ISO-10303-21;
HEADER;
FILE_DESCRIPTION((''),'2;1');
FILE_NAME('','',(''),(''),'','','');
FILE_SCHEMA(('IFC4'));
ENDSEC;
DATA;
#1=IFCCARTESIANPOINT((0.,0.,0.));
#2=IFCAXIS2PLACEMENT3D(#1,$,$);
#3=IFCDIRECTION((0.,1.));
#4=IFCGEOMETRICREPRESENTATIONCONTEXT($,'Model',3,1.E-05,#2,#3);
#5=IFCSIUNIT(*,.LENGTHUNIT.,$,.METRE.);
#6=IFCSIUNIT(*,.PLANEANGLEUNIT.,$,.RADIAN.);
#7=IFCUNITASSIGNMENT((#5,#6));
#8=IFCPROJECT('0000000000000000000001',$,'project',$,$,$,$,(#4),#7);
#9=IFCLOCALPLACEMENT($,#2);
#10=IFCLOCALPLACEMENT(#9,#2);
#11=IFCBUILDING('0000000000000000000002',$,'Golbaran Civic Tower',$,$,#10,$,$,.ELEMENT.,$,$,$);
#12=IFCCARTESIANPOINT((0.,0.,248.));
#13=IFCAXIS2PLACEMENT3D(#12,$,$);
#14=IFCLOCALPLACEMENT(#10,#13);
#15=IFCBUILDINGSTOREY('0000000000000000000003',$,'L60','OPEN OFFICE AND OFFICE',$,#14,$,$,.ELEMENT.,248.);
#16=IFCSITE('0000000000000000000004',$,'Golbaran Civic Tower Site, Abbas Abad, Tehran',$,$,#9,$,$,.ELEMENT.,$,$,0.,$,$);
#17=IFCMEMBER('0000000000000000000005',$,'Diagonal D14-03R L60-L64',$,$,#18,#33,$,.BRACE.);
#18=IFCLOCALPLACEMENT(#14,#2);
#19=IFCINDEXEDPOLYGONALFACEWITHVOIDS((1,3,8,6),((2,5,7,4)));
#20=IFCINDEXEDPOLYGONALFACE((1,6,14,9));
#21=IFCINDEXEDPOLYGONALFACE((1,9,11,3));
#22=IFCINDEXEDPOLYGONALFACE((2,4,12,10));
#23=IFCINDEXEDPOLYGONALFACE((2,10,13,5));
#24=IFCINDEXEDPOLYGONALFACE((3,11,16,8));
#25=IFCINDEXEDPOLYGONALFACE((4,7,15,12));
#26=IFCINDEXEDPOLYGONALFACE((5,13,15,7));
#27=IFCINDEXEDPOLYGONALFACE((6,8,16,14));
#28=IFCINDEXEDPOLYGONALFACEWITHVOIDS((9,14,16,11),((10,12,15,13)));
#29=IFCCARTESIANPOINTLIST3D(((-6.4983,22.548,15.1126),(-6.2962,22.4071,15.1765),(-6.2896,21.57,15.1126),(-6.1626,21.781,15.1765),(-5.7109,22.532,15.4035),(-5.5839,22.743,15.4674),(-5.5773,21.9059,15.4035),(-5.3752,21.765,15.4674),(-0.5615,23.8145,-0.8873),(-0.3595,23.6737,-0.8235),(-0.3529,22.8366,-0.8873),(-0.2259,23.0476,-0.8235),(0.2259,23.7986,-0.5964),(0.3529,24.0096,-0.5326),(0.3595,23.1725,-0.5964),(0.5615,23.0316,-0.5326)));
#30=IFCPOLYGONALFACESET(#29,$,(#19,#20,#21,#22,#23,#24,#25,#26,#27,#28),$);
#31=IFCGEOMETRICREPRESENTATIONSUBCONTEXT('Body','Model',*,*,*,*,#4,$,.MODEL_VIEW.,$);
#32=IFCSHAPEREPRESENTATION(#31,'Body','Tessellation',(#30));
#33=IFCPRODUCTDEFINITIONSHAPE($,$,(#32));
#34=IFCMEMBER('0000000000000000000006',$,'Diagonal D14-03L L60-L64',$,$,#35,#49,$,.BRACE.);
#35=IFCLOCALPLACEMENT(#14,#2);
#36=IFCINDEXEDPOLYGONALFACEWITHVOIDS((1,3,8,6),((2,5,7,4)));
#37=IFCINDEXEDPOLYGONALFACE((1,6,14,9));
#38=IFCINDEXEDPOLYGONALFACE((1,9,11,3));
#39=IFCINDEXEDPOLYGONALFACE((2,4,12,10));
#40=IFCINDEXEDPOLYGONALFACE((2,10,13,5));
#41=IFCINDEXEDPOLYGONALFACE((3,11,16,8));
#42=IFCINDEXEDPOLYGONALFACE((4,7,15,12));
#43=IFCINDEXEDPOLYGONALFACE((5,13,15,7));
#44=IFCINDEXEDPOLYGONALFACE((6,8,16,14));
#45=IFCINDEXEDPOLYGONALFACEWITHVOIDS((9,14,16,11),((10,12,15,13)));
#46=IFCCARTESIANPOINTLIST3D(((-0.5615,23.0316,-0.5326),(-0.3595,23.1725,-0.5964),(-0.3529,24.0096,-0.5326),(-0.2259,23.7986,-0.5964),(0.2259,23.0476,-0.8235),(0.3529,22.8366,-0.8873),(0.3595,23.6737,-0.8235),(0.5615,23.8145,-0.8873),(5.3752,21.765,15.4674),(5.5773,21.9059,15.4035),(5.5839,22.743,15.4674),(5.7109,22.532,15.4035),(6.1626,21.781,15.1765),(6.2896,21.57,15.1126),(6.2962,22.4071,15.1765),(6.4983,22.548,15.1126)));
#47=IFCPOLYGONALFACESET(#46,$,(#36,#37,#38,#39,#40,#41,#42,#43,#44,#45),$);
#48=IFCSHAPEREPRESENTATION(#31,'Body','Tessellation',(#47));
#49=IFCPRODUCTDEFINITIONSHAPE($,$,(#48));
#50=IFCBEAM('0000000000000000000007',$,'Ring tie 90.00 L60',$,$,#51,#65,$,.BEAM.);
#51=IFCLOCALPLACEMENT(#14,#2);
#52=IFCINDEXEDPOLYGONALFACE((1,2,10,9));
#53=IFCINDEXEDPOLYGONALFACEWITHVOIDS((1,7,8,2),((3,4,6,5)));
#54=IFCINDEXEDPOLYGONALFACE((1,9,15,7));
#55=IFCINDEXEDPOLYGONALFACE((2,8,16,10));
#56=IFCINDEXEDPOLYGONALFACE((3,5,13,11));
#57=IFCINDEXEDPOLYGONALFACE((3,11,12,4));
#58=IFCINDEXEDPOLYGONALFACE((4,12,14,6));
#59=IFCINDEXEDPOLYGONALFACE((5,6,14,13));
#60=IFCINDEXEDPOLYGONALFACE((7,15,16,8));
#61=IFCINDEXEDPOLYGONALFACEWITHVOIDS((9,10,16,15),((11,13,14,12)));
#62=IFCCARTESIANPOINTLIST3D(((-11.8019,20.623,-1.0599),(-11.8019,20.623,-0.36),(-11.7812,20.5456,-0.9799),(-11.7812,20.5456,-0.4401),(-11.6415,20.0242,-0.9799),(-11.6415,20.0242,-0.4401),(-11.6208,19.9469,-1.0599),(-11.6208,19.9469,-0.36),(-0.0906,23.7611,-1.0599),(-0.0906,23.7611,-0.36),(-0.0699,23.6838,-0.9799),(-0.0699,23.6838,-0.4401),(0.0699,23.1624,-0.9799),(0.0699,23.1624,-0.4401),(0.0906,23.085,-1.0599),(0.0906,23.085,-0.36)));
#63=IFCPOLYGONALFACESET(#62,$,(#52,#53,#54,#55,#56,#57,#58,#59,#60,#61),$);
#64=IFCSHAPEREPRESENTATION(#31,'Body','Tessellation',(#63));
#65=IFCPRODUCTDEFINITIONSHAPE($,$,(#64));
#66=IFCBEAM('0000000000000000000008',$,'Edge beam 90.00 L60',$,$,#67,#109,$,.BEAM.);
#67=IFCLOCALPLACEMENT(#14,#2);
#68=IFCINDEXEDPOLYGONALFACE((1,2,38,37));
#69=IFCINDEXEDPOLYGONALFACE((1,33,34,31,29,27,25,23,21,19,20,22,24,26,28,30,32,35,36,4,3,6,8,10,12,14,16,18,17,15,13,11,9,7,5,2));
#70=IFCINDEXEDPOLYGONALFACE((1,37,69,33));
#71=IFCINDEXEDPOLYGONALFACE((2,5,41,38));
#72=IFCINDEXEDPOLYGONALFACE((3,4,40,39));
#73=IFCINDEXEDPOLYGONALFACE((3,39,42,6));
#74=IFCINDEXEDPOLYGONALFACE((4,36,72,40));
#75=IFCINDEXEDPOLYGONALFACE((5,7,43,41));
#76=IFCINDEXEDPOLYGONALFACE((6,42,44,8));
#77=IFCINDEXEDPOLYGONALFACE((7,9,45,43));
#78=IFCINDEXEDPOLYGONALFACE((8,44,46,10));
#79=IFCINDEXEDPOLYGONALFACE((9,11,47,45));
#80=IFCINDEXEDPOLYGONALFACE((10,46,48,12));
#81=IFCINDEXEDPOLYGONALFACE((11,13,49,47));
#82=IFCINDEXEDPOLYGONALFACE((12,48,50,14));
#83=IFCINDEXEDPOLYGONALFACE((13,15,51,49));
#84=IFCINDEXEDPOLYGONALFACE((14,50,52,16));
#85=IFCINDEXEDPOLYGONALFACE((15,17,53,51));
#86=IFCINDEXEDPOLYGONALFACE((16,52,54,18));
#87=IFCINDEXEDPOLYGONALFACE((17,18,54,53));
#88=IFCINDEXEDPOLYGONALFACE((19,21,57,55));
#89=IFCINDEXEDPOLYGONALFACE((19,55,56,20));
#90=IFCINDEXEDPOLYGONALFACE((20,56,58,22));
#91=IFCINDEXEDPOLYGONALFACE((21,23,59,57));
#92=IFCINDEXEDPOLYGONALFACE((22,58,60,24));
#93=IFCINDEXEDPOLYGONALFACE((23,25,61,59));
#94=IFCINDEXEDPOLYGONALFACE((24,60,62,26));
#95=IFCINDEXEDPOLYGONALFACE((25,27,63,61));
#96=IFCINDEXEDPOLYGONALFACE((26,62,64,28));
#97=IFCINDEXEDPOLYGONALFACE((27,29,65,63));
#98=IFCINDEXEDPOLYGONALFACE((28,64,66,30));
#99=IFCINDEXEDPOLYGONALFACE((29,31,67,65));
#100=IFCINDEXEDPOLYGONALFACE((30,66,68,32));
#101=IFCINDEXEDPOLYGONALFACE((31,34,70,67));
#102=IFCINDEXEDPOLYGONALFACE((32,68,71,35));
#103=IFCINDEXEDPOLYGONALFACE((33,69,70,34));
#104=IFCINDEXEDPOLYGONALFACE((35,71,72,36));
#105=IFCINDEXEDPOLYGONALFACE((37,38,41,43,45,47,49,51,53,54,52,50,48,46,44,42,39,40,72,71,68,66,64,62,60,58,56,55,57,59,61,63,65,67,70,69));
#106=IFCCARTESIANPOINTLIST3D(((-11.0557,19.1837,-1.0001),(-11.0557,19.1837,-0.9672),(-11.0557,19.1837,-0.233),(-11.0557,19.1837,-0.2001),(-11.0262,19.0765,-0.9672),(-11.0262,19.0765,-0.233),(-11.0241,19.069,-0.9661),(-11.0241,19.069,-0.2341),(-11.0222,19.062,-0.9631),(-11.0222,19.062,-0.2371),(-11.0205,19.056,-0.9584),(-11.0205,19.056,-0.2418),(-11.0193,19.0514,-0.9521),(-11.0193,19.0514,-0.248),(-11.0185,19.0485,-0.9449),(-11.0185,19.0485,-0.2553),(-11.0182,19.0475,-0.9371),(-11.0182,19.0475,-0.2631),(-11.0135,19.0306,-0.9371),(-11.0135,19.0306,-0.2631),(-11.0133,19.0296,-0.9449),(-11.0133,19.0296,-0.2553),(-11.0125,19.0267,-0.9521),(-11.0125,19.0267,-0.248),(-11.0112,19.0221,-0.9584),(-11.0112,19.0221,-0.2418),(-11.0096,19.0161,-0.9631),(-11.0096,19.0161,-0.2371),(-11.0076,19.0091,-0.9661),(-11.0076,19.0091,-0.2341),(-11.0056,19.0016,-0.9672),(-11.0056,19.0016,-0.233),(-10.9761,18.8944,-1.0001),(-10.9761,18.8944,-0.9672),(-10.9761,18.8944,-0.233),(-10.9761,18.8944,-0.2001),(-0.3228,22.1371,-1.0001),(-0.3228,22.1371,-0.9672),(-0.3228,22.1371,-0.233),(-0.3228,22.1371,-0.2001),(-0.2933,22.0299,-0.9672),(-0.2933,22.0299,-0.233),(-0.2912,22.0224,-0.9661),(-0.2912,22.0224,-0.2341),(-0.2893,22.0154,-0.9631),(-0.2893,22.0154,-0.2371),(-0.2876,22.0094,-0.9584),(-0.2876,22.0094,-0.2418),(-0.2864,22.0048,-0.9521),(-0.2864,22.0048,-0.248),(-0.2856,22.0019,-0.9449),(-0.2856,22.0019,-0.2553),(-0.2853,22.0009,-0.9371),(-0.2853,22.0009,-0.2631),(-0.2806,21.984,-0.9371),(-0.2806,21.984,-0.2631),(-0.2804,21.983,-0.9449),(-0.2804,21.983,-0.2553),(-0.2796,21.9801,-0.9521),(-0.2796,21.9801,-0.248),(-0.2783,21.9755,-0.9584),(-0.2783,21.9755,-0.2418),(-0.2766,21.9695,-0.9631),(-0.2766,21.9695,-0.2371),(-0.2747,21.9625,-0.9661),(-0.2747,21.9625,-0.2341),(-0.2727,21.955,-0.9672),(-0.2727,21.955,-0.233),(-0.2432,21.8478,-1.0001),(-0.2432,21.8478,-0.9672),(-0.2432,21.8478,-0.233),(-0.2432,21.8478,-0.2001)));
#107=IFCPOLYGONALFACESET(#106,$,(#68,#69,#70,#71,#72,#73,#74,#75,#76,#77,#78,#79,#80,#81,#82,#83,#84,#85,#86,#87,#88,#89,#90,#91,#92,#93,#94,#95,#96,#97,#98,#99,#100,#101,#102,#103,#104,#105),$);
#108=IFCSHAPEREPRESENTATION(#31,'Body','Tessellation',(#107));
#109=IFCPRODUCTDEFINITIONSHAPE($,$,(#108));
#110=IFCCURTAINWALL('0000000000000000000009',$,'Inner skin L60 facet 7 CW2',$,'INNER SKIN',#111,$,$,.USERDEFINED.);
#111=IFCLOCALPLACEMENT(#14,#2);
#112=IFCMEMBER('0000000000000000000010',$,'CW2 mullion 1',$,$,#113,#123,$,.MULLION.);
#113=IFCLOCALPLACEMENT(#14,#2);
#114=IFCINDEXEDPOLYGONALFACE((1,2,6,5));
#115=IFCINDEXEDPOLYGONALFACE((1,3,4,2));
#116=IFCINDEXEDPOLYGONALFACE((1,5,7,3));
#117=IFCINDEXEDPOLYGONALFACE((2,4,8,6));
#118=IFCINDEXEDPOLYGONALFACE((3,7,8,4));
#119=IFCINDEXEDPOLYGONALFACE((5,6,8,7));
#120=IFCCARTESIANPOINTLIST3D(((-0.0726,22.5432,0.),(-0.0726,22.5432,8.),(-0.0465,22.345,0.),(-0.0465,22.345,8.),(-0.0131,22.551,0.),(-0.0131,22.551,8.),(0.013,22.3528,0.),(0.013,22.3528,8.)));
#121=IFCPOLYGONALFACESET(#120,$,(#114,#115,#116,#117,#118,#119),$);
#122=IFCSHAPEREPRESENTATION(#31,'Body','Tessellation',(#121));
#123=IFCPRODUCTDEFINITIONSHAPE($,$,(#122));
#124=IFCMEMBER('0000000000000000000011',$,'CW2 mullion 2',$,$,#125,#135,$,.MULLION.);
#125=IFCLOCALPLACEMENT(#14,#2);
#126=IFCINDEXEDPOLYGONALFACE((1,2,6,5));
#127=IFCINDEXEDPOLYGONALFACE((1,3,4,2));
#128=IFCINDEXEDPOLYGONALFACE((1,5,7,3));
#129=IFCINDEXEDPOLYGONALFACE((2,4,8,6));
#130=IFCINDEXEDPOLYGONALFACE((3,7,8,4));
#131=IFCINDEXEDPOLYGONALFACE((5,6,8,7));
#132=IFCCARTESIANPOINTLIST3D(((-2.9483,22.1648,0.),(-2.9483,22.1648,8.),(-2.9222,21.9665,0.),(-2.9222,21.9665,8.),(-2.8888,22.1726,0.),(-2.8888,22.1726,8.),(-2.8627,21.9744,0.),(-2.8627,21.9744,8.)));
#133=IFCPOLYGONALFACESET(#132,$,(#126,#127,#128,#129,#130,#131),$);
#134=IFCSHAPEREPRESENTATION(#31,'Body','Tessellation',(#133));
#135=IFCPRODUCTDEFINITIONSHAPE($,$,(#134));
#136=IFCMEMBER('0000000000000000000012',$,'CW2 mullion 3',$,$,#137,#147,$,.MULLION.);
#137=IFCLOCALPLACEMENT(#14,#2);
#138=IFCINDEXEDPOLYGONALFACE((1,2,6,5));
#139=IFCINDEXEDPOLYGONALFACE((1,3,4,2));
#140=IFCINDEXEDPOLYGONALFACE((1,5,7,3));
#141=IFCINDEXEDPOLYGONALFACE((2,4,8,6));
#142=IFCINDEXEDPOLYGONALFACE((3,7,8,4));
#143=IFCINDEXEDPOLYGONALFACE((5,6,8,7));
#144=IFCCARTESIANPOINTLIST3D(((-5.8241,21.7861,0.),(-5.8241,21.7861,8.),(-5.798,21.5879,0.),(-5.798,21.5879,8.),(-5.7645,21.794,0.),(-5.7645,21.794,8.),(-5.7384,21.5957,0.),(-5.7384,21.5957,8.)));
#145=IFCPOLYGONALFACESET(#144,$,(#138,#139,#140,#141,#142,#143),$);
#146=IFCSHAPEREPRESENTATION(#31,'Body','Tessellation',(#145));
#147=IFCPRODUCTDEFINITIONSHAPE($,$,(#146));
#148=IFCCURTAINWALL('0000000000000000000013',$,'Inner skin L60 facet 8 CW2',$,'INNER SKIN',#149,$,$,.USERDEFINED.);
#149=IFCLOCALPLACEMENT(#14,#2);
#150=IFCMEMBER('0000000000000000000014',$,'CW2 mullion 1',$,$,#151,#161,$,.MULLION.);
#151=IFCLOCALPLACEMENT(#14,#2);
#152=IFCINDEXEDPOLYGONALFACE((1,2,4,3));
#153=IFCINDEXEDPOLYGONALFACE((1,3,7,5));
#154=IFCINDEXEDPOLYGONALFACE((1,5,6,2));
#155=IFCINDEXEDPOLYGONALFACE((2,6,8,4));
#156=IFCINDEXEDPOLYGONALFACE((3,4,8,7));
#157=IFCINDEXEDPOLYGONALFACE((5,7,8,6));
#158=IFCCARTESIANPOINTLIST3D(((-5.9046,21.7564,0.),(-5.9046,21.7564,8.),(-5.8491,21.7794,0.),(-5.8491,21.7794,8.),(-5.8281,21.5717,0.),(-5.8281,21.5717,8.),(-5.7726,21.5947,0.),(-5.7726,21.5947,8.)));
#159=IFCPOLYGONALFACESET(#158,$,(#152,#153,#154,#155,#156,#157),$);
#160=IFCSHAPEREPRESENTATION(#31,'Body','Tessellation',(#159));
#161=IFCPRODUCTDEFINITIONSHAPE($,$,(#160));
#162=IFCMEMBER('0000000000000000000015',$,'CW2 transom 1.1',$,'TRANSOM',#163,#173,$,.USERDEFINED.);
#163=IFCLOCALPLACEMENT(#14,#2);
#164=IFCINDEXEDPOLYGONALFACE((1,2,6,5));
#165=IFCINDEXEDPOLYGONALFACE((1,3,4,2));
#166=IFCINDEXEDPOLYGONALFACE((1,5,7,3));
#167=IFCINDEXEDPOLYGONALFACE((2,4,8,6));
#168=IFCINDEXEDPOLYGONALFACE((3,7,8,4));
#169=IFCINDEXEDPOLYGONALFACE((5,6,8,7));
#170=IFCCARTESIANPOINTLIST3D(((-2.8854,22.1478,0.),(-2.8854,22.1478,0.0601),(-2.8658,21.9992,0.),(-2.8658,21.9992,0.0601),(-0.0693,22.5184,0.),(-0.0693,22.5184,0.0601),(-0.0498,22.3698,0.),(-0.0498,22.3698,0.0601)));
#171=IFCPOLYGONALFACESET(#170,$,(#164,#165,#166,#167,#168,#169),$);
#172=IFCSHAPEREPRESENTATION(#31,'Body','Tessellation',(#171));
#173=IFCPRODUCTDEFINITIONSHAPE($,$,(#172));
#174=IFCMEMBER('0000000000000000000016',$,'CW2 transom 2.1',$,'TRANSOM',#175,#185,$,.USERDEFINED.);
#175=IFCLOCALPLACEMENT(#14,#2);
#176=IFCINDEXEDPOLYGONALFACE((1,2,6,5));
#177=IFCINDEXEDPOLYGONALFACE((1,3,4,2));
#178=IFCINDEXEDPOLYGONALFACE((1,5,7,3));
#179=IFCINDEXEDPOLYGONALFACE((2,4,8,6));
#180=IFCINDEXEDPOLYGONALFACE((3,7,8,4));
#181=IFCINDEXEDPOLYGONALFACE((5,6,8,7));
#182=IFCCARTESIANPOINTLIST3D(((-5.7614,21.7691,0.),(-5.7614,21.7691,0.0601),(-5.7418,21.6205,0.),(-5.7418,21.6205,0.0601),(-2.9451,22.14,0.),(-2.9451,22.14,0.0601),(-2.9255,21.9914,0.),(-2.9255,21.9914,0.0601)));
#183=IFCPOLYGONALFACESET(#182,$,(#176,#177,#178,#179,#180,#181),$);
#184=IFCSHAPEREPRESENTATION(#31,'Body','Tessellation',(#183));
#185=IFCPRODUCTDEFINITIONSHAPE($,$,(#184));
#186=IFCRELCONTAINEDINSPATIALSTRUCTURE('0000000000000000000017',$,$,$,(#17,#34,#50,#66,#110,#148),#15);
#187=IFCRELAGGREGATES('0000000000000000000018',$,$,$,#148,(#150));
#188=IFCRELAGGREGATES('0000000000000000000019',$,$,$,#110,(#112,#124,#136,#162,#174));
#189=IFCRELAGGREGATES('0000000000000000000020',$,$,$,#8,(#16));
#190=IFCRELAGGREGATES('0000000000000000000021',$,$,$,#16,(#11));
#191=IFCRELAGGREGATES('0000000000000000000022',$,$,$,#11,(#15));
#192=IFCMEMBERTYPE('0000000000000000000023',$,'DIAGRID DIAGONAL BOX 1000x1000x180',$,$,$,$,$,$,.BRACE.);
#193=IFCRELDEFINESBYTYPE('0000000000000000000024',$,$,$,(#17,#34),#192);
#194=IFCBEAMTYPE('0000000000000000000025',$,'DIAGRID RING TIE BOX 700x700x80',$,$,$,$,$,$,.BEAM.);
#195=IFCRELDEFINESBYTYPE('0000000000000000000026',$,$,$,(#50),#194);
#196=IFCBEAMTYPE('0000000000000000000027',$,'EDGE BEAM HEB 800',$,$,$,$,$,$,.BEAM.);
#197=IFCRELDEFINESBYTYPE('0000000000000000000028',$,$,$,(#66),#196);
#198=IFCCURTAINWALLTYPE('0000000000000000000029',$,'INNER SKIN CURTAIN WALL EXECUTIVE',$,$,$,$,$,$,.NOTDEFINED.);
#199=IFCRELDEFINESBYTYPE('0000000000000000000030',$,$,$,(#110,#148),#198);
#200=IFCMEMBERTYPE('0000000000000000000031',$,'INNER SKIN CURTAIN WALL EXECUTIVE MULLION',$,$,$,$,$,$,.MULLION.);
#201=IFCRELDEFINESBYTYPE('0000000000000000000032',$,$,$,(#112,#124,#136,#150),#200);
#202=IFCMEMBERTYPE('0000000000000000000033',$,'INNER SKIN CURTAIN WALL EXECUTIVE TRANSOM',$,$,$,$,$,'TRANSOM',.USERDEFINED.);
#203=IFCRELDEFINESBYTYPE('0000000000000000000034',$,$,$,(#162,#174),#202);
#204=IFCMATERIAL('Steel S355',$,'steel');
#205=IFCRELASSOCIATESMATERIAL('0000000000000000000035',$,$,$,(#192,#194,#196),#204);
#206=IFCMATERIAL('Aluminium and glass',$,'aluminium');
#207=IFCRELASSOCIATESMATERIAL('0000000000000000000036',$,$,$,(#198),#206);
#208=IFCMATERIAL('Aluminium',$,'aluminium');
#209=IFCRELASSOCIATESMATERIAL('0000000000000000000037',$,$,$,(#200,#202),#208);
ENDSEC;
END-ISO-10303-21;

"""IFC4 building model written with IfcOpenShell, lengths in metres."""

from ifc_helpers import new_model, si_unit, direction, frame, origin, origin_2d, place, context, subcontext, project, spatial, rectangle, hollow_rectangle, i_section, extrude, material, material_profile, profile_set, type_object, element, aggregate, save


model = new_model("IFC4")

# Units and contexts
model_context = context("Model", 3, precision=1e-05, world=origin(), true_north=direction((0.0, 1.0)))
body_context = subcontext(model_context, "Body", "Model", "MODEL_VIEW")
ifc_project = project(units=[si_unit("LENGTHUNIT", "METRE"), si_unit("PLANEANGLEUNIT", "RADIAN")], contexts=[model_context])

# Site, building, storey
site_placement = place(None, origin())
site = spatial("IfcSite", under=ifc_project, at=site_placement, Name="Golbaran Civic Tower Site, Abbas Abad, Tehran", CompositionType="ELEMENT", RefElevation=0.0)
building_placement = place(site_placement, origin())
building = spatial("IfcBuilding", under=site, at=building_placement, Name="Golbaran Civic Tower", CompositionType="ELEMENT")
storey_placement = place(building_placement, frame((0.0, 0.0, 248.0)))
storey = spatial("IfcBuildingStorey", under=building, at=storey_placement, Name="L60", Description="OPEN OFFICE AND OFFICE", CompositionType="ELEMENT", Elevation=248.0)

# Members
ifc_material_1 = material(Name="Steel S355", Category="steel")
ifc_material_profile_1 = material_profile(ifc_material_1, hollow_rectangle(XDim=1.0, YDim=1.0, WallThickness=0.1799, at=origin_2d()), Name="BOX 1000x1000x180")
ifc_profile_set_1 = profile_set([ifc_material_profile_1], Name="Steel S355")
member_type_1 = type_object("IfcMemberType", Name="DIAGRID DIAGONAL BOX 1000x1000x180", PredefinedType="BRACE", material=ifc_profile_set_1)
for number, where, z_axis, x_axis, name in (
    (1, (0.0, 23.4231, -0.71), (-0.346919, -0.074015, 0.93497), (0.208653, -0.97799, 0.0), "Diagonal D14-03R L60-L64"),
    (2, (0.0, 23.4231, -0.71), (0.346919, -0.074015, 0.93497), (0.208653, 0.97799, 0.0), "Diagonal D14-03L L60-L64"),
):
    element("IfcMember", number, at=place(storey_placement, frame(where, z_axis=z_axis, x_axis=x_axis)), inside=storey, type_object=member_type_1, Name=name, PredefinedType="BRACE", context=body_context, shape_type="SweptSolid", body=[
        extrude(hollow_rectangle(XDim=1.0, YDim=1.0, WallThickness=0.1799, at=origin_2d()), origin(), (0.0, 0.0, 1.0), 17.1128),
    ])

# Beams
ifc_material_profile_2 = material_profile(ifc_material_1, hollow_rectangle(XDim=0.7, YDim=0.7, WallThickness=0.0801, at=origin_2d()), Name="BOX 700x700x80")
ifc_profile_set_2 = profile_set([ifc_material_profile_2], Name="Steel S355")
beam_type_1 = type_object("IfcBeamType", Name="DIAGRID RING TIE BOX 700x700x80", PredefinedType="BEAM", material=ifc_profile_set_2)
beam_1_placement = place(storey_placement, frame((0.0, 23.4231, -0.71), z_axis=(-0.965923, -0.258828, 0.0), x_axis=(0.258828, -0.965923, 0.0)))
element("IfcBeam", 3, at=beam_1_placement, inside=storey, type_object=beam_type_1, Name="Ring tie 90.00 L60", PredefinedType="BEAM", context=body_context, shape_type="SweptSolid", body=[
    extrude(hollow_rectangle(XDim=0.7, YDim=0.7, WallThickness=0.0801, at=origin_2d()), origin(), (0.0, 0.0, 1.0), 12.1245),
])
ifc_material_profile_3 = material_profile(ifc_material_1, i_section(OverallWidth=0.3, OverallDepth=0.8, WebThickness=0.0176, FlangeThickness=0.033, FilletRadius=0.03, at=origin_2d()), Name="HEB 800")
ifc_profile_set_3 = profile_set([ifc_material_profile_3], Name="Steel S355")
beam_type_2 = type_object("IfcBeamType", Name="EDGE BEAM HEB 800", PredefinedType="BEAM", material=ifc_profile_set_3)
beam_2_placement = place(storey_placement, frame((-0.283, 21.9924, -0.6001), z_axis=(-0.964164, -0.265308, 0.0), x_axis=(0.265308, -0.964164, 0.0)))
element("IfcBeam", 4, at=beam_2_placement, inside=storey, type_object=beam_type_2, Name="Edge beam 90.00 L60", PredefinedType="BEAM", context=body_context, shape_type="SweptSolid", body=[
    extrude(i_section(OverallWidth=0.3, OverallDepth=0.8, WebThickness=0.0176, FlangeThickness=0.033, FilletRadius=0.03, at=origin_2d()), origin(), (0.0, 0.0, 1.0), 11.1318),
])

# Curtain wall, members
ifc_material_2 = material(Name="Aluminium and glass", Category="aluminium")
curtain_wall_type_1 = type_object("IfcCurtainWallType", Name="INNER SKIN CURTAIN WALL EXECUTIVE", PredefinedType="NOTDEFINED", material=ifc_material_2)
curtain_wall_1_placement = place(storey_placement, origin())
curtain_wall_1 = element("IfcCurtainWall", 5, at=curtain_wall_1_placement, inside=storey, type_object=curtain_wall_type_1, Name="Inner skin L60 facet 7 CW2", ObjectType="INNER SKIN", PredefinedType="USERDEFINED")
ifc_material_3 = material(Name="Aluminium", Category="aluminium")
ifc_material_profile_4 = material_profile(ifc_material_3, rectangle(XDim=0.2, YDim=0.0601, at=origin_2d()), Name="INNER SKIN CURTAIN WALL EXECUTIVE MULLION")
ifc_profile_set_4 = profile_set([ifc_material_profile_4], Name="Aluminium")
member_type_2 = type_object("IfcMemberType", Name="INNER SKIN CURTAIN WALL EXECUTIVE MULLION", PredefinedType="MULLION", material=ifc_profile_set_4)
member_1_placement = place(storey_placement, frame((-0.0298, 22.448, 0.0), z_axis=(0.0, 0.0, 1.0), x_axis=(0.130526, -0.991445, 0.0)))
member_1 = element("IfcMember", 6, at=member_1_placement, type_object=member_type_2, Name="CW2 mullion 1", PredefinedType="MULLION", context=body_context, shape_type="SweptSolid", body=[
    extrude(rectangle(XDim=0.2, YDim=0.0601, at=origin_2d()), origin(), (0.0, 0.0, 1.0), 8.0),
])
member_2_placement = place(storey_placement, frame((-2.9055, 22.0696, 0.0), z_axis=(0.0, 0.0, 1.0), x_axis=(0.130526, -0.991445, 0.0)))
member_2 = element("IfcMember", 7, at=member_2_placement, type_object=member_type_2, Name="CW2 mullion 2", PredefinedType="MULLION", context=body_context, shape_type="SweptSolid", body=[
    extrude(rectangle(XDim=0.2, YDim=0.0601, at=origin_2d()), origin(), (0.0, 0.0, 1.0), 8.0),
])
member_3_placement = place(storey_placement, frame((-5.7812, 21.6909, 0.0), z_axis=(0.0, 0.0, 1.0), x_axis=(0.130526, -0.991445, 0.0)))
member_3 = element("IfcMember", 8, at=member_3_placement, type_object=member_type_2, Name="CW2 mullion 3", PredefinedType="MULLION", context=body_context, shape_type="SweptSolid", body=[
    extrude(rectangle(XDim=0.2, YDim=0.0601, at=origin_2d()), origin(), (0.0, 0.0, 1.0), 8.0),
])

# Curtain wall, member
curtain_wall_2_placement = place(storey_placement, origin())
curtain_wall_2 = element("IfcCurtainWall", 9, at=curtain_wall_2_placement, inside=storey, type_object=curtain_wall_type_1, Name="Inner skin L60 facet 8 CW2", ObjectType="INNER SKIN", PredefinedType="USERDEFINED")
member_4_placement = place(storey_placement, frame((-5.8386, 21.6755, 0.0), z_axis=(0.0, 0.0, 1.0), x_axis=(0.382683, -0.92388, 0.0)))
member_4 = element("IfcMember", 10, at=member_4_placement, type_object=member_type_2, Name="CW2 mullion 1", PredefinedType="MULLION", context=body_context, shape_type="SweptSolid", body=[
    extrude(rectangle(XDim=0.2, YDim=0.0601, at=origin_2d()), origin(), (0.0, 0.0, 1.0), 8.0),
])

# Members
ifc_material_profile_5 = material_profile(ifc_material_3, rectangle(XDim=0.1499, YDim=0.0601, at=origin_2d()), Name="INNER SKIN CURTAIN WALL EXECUTIVE TRANSOM")
ifc_profile_set_5 = profile_set([ifc_material_profile_5], Name="Aluminium")
member_type_3 = type_object("IfcMemberType", Name="INNER SKIN CURTAIN WALL EXECUTIVE TRANSOM", ElementType="TRANSOM", PredefinedType="USERDEFINED", material=ifc_profile_set_5)
member_5_placement = place(storey_placement, frame((-0.0596, 22.4441, 0.03), z_axis=(-0.991452, -0.130475, 0.0), x_axis=(0.130475, -0.991452, 0.0)))
member_5 = element("IfcMember", 11, at=member_5_placement, type_object=member_type_3, Name="CW2 transom 1.1", ObjectType="TRANSOM", PredefinedType="USERDEFINED", context=body_context, shape_type="SweptSolid", body=[
    extrude(rectangle(XDim=0.1499, YDim=0.0601, at=origin_2d()), origin(), (0.0, 0.0, 1.0), 2.8403),
])
member_6_placement = place(storey_placement, frame((-2.9353, 22.0657, 0.03), z_axis=(-0.991441, -0.130559, 0.0), x_axis=(0.130559, -0.991441, 0.0)))
member_6 = element("IfcMember", 12, at=member_6_placement, type_object=member_type_3, Name="CW2 transom 2.1", ObjectType="TRANSOM", PredefinedType="USERDEFINED", context=body_context, shape_type="SweptSolid", body=[
    extrude(rectangle(XDim=0.1499, YDim=0.0601, at=origin_2d()), origin(), (0.0, 0.0, 1.0), 2.8406),
])

aggregate(curtain_wall_2, [member_4])
aggregate(curtain_wall_1, [member_1, member_2, member_3, member_5, member_6])

save(model, "model.ifc")
